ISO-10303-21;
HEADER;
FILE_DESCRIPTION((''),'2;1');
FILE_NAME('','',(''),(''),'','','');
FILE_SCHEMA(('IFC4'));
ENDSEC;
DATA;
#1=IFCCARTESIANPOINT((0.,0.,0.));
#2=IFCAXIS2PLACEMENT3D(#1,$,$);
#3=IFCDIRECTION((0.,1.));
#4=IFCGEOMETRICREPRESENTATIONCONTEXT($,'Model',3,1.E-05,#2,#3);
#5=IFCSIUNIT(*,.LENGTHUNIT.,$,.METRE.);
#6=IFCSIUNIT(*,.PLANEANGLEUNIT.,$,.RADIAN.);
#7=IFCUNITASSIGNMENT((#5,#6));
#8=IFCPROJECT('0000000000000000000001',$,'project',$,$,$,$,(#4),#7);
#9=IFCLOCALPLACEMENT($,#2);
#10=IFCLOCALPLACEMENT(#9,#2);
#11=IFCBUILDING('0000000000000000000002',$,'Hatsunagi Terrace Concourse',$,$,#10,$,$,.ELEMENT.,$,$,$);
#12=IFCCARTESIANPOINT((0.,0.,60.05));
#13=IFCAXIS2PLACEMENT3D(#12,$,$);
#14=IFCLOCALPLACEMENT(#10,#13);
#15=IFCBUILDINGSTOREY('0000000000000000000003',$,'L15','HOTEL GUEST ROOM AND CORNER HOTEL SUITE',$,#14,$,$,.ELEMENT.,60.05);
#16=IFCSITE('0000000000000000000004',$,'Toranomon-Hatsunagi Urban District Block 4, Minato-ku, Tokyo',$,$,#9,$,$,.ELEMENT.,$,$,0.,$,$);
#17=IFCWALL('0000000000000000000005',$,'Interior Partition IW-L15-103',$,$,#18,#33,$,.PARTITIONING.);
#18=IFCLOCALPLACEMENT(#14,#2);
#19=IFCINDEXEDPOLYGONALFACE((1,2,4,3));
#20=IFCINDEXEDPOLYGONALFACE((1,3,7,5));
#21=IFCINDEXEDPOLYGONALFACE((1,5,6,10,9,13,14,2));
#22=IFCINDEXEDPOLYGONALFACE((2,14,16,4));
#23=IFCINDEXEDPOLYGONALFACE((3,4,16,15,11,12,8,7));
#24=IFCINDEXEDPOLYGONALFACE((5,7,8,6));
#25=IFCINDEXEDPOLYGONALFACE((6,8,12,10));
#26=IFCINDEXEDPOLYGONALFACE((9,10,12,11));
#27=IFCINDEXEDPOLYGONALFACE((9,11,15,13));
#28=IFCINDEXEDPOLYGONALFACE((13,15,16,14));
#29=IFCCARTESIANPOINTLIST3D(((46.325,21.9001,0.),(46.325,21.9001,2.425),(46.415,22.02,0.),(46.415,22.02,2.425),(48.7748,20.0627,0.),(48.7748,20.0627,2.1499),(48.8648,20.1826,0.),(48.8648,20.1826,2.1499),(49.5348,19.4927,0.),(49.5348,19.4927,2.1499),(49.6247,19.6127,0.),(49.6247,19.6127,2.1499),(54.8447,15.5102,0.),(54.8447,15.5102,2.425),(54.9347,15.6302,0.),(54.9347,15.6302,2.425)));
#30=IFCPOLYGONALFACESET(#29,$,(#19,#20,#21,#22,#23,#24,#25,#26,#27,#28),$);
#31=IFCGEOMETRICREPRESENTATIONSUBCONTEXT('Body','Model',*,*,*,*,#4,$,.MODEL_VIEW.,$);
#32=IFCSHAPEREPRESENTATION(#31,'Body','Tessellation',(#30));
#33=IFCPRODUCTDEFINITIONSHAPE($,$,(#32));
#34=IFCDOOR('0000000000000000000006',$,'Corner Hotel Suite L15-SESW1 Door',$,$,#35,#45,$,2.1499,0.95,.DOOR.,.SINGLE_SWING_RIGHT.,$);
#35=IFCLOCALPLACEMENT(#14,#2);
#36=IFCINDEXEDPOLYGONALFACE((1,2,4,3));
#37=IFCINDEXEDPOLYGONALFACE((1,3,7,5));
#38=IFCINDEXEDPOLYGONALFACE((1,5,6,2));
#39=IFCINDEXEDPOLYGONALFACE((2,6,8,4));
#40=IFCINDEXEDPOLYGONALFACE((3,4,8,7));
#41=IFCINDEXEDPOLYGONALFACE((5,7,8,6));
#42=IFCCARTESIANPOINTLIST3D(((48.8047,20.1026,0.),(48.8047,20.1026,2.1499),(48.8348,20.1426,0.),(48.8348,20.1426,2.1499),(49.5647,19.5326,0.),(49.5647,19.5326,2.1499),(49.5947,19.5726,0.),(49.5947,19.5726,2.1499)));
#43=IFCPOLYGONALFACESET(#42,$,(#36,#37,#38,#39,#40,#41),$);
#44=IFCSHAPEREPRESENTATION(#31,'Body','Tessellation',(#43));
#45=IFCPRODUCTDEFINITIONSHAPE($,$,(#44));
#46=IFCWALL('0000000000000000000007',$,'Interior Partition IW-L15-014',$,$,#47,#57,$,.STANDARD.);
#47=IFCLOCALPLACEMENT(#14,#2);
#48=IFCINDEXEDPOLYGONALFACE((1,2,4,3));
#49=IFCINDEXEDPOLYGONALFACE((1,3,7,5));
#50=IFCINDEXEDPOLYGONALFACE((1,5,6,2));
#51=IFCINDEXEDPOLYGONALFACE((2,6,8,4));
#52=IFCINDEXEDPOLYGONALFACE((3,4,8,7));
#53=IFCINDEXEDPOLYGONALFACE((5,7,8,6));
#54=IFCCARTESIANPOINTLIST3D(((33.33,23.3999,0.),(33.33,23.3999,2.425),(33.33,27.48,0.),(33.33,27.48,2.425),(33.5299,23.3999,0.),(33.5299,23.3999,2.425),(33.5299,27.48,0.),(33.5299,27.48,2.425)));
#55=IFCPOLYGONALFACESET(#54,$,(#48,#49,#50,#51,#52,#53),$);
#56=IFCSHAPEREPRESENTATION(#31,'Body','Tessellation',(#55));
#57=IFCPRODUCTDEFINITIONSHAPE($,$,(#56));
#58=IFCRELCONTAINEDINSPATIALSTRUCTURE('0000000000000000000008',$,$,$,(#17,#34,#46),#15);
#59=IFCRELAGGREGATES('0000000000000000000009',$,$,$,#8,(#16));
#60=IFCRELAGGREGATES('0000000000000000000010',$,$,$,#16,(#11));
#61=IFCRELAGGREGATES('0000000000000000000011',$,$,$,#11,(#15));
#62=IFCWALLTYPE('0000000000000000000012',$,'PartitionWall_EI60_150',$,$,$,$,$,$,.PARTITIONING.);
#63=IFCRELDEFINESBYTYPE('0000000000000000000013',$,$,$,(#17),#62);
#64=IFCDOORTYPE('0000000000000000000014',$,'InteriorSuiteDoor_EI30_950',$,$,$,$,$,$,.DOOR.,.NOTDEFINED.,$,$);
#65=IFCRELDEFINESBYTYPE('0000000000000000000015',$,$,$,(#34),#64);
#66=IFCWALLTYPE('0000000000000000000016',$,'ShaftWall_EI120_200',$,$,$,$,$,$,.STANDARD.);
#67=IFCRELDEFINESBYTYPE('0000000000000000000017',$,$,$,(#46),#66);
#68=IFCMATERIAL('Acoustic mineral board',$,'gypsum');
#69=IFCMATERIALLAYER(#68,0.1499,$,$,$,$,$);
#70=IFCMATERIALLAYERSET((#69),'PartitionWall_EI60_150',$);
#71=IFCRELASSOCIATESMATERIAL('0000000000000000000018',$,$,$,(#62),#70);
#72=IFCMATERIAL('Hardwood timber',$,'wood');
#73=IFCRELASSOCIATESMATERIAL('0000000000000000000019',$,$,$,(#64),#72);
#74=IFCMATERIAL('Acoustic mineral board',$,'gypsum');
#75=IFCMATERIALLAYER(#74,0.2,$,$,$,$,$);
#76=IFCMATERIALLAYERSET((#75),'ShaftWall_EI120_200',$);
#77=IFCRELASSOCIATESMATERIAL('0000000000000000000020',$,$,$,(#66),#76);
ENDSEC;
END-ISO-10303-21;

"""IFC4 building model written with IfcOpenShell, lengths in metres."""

from ifc_helpers import new_model, si_unit, direction, frame, frame_2d, origin, place, context, subcontext, project, spatial, rectangle, extrude, material, layer, layer_set, type_object, element, fill, save


model = new_model("IFC4")

# Units and contexts
model_context = context("Model", 3, precision=1e-05, world=origin(), true_north=direction((0.0, 1.0)))
body_context = subcontext(model_context, "Body", "Model", "MODEL_VIEW")
ifc_project = project(units=[si_unit("LENGTHUNIT", "METRE"), si_unit("PLANEANGLEUNIT", "RADIAN")], contexts=[model_context])

# Site, building, storey
site_placement = place(None, origin())
site = spatial("IfcSite", under=ifc_project, at=site_placement, Name="Toranomon-Hatsunagi Urban District Block 4, Minato-ku, Tokyo", CompositionType="ELEMENT", RefElevation=0.0)
building_placement = place(site_placement, origin())
building = spatial("IfcBuilding", under=site, at=building_placement, Name="Hatsunagi Terrace Concourse", CompositionType="ELEMENT")
storey_placement = place(building_placement, frame((0.0, 0.0, 60.05)))
storey = spatial("IfcBuildingStorey", under=building, at=storey_placement, Name="L15", Description="HOTEL GUEST ROOM AND CORNER HOTEL SUITE", CompositionType="ELEMENT", Elevation=60.05)

# Shared definitions
ifc_material_1 = material(Name="Acoustic mineral board", Category="gypsum")
ifc_layer_1 = layer(ifc_material_1, 0.1499)
ifc_layer_set_1 = layer_set([ifc_layer_1], Name="PartitionWall_EI60_150")
wall_type_1 = type_object("IfcWallType", Name="PartitionWall_EI60_150", PredefinedType="PARTITIONING", material=ifc_layer_set_1)
ifc_material_2 = material(Name="Hardwood timber", Category="wood")
door_type = type_object("IfcDoorType", Name="InteriorSuiteDoor_EI30_950", OperationType="NOTDEFINED", PredefinedType="DOOR", material=ifc_material_2)

# Wall, opening, door
wall_1_placement = place(storey_placement, frame((46.3701, 21.96, 0.0), z_axis=(0.0, 0.0, 1.0), x_axis=(0.799997, -0.600004, 0.0)))
wall_1 = element("IfcWall", 1, at=wall_1_placement, inside=storey, type_object=wall_type_1, Name="Interior Partition IW-L15-103", PredefinedType="PARTITIONING", context=body_context, shape_type="SweptSolid", body=[
    extrude(rectangle(XDim=10.6497, YDim=0.1499, at=frame_2d((5.3247, 0.0))), origin(), (0.0, 0.0, 1.0), 2.425),
])
opening_1_placement = place(wall_1_placement, frame((3.062, 0.0, 0.0)))
opening_1 = element("IfcOpeningElement", 2, at=opening_1_placement, cuts=wall_1, PredefinedType="OPENING", context=body_context, shape_type="SweptSolid", body=[
    extrude(rectangle(XDim=0.95, YDim=2.1499, at=frame_2d((0.4751, 1.075))), frame((0.0, 0.085, 0.0), z_axis=(0.0, -1.0, 0.0), x_axis=(1.0, 0.0, 0.0)), (0.0, 0.0, 1.0), 0.1699),
])
door_1_placement = place(opening_1_placement, origin())
door_1 = element("IfcDoor", 3, at=door_1_placement, inside=storey, type_object=door_type, Name="Corner Hotel Suite L15-SESW1 Door", OperationType="SINGLE_SWING_RIGHT", OverallHeight=2.1499, OverallWidth=0.95, PredefinedType="DOOR", context=body_context, shape_type="SweptSolid", body=[
    extrude(rectangle(XDim=0.95, YDim=2.1499, at=frame_2d((0.4751, 1.075))), frame((0.0, 0.0249, 0.0), z_axis=(0.0, -1.0, 0.0), x_axis=(1.0, 0.0, 0.0)), (0.0, 0.0, 1.0), 0.05),
])
fill(opening_1, door_1)

# Wall
ifc_material_3 = material(Name="Acoustic mineral board", Category="gypsum")
ifc_layer_2 = layer(ifc_material_3, 0.2)
ifc_layer_set_2 = layer_set([ifc_layer_2], Name="ShaftWall_EI120_200")
wall_type_2 = type_object("IfcWallType", Name="ShaftWall_EI120_200", PredefinedType="STANDARD", material=ifc_layer_set_2)
wall_2_placement = place(storey_placement, frame((33.4299, 23.3999, 0.0), z_axis=(0.0, 0.0, 1.0), x_axis=(0.0, 1.0, 0.0)))
element("IfcWall", 4, at=wall_2_placement, inside=storey, type_object=wall_type_2, Name="Interior Partition IW-L15-014", PredefinedType="STANDARD", context=body_context, shape_type="SweptSolid", body=[
    extrude(rectangle(XDim=4.0801, YDim=0.2, at=frame_2d((2.04, 0.0))), origin(), (0.0, 0.0, 1.0), 2.425),
])

save(model, "model.ifc")
